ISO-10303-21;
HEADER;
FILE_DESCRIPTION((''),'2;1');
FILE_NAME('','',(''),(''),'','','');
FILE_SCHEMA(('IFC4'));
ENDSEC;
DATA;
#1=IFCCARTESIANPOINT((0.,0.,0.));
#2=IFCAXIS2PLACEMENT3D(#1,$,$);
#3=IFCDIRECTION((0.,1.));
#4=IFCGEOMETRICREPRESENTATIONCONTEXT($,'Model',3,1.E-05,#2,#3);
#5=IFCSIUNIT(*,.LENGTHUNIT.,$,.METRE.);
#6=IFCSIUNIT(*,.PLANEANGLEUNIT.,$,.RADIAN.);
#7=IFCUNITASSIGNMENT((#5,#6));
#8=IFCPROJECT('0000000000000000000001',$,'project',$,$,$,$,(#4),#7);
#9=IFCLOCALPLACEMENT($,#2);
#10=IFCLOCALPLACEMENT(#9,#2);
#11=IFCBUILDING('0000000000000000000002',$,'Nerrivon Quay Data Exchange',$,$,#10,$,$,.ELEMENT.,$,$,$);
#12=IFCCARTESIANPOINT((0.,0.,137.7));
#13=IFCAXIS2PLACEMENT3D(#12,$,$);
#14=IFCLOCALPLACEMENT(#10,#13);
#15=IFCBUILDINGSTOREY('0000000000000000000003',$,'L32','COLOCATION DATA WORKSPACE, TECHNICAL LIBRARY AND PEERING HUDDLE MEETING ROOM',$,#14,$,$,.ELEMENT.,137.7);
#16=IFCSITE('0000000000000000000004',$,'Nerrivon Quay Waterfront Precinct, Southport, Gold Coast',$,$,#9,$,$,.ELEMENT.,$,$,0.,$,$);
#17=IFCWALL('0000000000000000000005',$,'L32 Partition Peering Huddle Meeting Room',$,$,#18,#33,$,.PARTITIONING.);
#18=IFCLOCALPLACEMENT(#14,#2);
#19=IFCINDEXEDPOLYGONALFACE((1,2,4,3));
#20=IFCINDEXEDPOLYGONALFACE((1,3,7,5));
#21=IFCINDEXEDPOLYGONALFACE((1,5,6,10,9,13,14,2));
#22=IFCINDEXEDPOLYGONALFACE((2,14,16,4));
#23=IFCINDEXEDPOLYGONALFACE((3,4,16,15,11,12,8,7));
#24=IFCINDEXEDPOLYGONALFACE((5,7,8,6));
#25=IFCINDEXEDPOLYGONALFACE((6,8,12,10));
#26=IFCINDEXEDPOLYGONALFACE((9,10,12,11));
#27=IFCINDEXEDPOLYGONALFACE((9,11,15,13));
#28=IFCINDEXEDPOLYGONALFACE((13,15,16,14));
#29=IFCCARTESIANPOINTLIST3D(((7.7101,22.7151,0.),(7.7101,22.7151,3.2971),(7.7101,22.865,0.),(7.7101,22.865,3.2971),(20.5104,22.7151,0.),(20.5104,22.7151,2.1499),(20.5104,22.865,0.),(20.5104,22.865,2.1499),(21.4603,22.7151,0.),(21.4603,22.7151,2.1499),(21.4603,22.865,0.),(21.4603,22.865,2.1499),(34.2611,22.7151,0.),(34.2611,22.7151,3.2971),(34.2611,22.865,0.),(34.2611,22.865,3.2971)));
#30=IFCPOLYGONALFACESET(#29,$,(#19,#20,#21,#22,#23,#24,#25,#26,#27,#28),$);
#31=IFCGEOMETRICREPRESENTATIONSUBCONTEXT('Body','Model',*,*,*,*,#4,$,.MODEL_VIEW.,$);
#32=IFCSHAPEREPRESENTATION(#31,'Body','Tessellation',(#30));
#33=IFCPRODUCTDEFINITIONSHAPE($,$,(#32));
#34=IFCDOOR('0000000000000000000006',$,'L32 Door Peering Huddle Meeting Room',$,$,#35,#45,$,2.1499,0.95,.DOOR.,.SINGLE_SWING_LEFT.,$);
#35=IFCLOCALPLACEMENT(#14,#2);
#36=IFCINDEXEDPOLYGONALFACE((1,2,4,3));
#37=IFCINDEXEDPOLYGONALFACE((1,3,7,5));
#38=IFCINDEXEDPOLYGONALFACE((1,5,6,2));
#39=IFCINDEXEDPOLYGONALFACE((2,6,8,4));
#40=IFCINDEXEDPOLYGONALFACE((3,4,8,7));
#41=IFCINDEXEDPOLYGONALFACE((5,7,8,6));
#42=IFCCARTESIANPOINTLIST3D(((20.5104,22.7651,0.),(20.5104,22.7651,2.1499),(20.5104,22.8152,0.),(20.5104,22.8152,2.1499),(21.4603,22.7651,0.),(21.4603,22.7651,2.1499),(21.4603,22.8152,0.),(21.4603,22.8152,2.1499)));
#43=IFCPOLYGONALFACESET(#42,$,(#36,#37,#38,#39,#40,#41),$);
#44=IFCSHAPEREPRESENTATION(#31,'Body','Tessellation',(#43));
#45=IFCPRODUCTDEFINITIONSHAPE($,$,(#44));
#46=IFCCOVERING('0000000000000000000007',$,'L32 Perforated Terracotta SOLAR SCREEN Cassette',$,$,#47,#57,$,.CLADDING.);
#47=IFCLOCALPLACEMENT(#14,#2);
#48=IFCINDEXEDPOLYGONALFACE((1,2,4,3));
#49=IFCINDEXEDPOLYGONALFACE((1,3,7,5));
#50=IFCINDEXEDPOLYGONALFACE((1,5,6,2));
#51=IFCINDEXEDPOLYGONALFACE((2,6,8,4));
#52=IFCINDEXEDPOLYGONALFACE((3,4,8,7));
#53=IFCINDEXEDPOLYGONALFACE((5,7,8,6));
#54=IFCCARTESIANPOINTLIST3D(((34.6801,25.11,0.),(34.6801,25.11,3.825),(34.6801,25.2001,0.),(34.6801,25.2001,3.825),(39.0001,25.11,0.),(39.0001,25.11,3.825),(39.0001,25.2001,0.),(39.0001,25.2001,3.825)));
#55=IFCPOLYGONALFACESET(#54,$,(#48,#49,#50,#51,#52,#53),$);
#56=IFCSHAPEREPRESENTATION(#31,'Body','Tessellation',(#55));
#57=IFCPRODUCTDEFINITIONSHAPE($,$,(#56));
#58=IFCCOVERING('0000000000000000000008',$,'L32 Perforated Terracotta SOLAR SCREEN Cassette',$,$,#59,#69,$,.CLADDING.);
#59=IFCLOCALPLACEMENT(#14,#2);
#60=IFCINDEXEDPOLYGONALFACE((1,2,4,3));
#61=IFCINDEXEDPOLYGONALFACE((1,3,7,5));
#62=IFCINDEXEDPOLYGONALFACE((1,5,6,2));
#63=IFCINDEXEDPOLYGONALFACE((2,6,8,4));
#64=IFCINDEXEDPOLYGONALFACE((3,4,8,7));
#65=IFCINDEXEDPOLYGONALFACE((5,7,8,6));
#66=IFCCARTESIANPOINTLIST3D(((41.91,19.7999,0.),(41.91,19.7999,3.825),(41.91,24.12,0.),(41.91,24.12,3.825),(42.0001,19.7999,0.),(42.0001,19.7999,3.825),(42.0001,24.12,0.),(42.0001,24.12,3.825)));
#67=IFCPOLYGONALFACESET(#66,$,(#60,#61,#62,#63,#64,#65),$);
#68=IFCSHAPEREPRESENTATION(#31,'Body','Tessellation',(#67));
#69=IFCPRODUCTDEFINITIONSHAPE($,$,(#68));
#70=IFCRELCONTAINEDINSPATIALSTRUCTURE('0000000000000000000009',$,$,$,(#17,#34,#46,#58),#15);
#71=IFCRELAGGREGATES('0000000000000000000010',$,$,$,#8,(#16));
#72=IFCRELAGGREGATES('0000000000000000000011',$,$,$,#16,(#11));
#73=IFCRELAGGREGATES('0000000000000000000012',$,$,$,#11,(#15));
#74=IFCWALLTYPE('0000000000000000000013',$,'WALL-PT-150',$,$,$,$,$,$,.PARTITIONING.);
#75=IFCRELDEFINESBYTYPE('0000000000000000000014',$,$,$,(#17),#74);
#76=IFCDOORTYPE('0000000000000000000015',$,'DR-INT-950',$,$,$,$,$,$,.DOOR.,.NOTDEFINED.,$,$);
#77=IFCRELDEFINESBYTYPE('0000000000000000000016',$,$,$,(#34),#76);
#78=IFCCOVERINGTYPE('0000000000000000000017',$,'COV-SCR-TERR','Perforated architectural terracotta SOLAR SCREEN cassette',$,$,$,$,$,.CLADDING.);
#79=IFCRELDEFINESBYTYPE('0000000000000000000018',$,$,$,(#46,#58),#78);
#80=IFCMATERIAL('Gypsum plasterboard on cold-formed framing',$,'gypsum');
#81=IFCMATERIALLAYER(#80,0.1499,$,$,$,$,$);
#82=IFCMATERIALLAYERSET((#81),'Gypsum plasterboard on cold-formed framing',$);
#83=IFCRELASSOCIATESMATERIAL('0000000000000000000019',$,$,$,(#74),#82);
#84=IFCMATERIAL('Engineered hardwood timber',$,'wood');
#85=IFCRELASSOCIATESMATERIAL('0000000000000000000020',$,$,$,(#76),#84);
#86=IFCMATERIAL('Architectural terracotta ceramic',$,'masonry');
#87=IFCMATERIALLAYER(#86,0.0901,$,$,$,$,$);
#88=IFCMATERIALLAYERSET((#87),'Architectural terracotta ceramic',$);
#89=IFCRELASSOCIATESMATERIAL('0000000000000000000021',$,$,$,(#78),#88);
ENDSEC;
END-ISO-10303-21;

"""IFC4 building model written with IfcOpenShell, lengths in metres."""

from ifc_helpers import new_model, si_unit, direction, frame, frame_2d, origin, origin_2d, place, context, subcontext, project, spatial, rectangle, extrude, material, layer, layer_set, type_object, element, fill, save


model = new_model("IFC4")

# Units and contexts
model_context = context("Model", 3, precision=1e-05, world=origin(), true_north=direction((0.0, 1.0)))
body_context = subcontext(model_context, "Body", "Model", "MODEL_VIEW")
ifc_project = project(units=[si_unit("LENGTHUNIT", "METRE"), si_unit("PLANEANGLEUNIT", "RADIAN")], contexts=[model_context])

# Site, building, storey
site_placement = place(None, origin())
site = spatial("IfcSite", under=ifc_project, at=site_placement, Name="Nerrivon Quay Waterfront Precinct, Southport, Gold Coast", CompositionType="ELEMENT", RefElevation=0.0)
building_placement = place(site_placement, origin())
building = spatial("IfcBuilding", under=site, at=building_placement, Name="Nerrivon Quay Data Exchange", CompositionType="ELEMENT")
storey_placement = place(building_placement, frame((0.0, 0.0, 137.7)))
storey = spatial("IfcBuildingStorey", under=building, at=storey_placement, Name="L32", Description="COLOCATION DATA WORKSPACE, TECHNICAL LIBRARY AND PEERING HUDDLE MEETING ROOM", CompositionType="ELEMENT", Elevation=137.7)

# Shared definitions
ifc_material_1 = material(Name="Gypsum plasterboard on cold-formed framing", Category="gypsum")

# Wall, opening, door
ifc_layer_1 = layer(ifc_material_1, 0.1499)
ifc_layer_set_1 = layer_set([ifc_layer_1], Name="Gypsum plasterboard on cold-formed framing")
wall_type_1 = type_object("IfcWallType", Name="WALL-PT-150", PredefinedType="PARTITIONING", material=ifc_layer_set_1)
wall_1_placement = place(storey_placement, frame((34.261, 22.79, 0.0), z_axis=(0.0, 0.0, 1.0), x_axis=(-1.0, 0.0, 0.0)))
wall_1 = element("IfcWall", 1, at=wall_1_placement, inside=storey, type_object=wall_type_1, Name="L32 Partition Peering Huddle Meeting Room", PredefinedType="PARTITIONING", context=body_context, shape_type="SweptSolid", body=[
    extrude(rectangle(XDim=26.551, YDim=0.1499, at=frame_2d((13.2754, 0.0))), origin(), (0.0, 0.0, 1.0), 3.2971),
])
opening_placement = place(wall_1_placement, frame((12.8005, 0.0, 0.0)))
opening = element("IfcOpeningElement", 2, at=opening_placement, cuts=wall_1, PredefinedType="OPENING", context=body_context, shape_type="SweptSolid", body=[
    extrude(rectangle(XDim=0.95, YDim=2.1499, at=frame_2d((0.4751, 1.075))), frame((0.0, 0.085, 0.0), z_axis=(0.0, -1.0, 0.0), x_axis=(1.0, 0.0, 0.0)), (0.0, 0.0, 1.0), 0.1699),
])
ifc_material_2 = material(Name="Engineered hardwood timber", Category="wood")
door_type = type_object("IfcDoorType", Name="DR-INT-950", OperationType="NOTDEFINED", PredefinedType="DOOR", material=ifc_material_2)
door_placement = place(opening_placement, origin())
door = element("IfcDoor", 3, at=door_placement, inside=storey, type_object=door_type, Name="L32 Door Peering Huddle Meeting Room", OperationType="SINGLE_SWING_LEFT", OverallHeight=2.1499, OverallWidth=0.95, PredefinedType="DOOR", context=body_context, shape_type="SweptSolid", body=[
    extrude(rectangle(XDim=0.95, YDim=2.1499, at=frame_2d((0.4751, 1.075))), frame((0.0, 0.0249, 0.0), z_axis=(0.0, -1.0, 0.0), x_axis=(1.0, 0.0, 0.0)), (0.0, 0.0, 1.0), 0.05),
])
fill(opening, door)

# Coverings
ifc_material_3 = material(Name="Architectural terracotta ceramic", Category="masonry")
ifc_layer_2 = layer(ifc_material_3, 0.0901)
ifc_layer_set_2 = layer_set([ifc_layer_2], Name="Architectural terracotta ceramic")
covering_type = type_object("IfcCoveringType", Name="COV-SCR-TERR", Description="Perforated architectural terracotta SOLAR SCREEN cassette", PredefinedType="CLADDING", material=ifc_layer_set_2)
for number, where, z_axis, x_axis, name in (
    (4, (36.8401, 25.155, 0.0), (0.0, 0.0, 1.0), (1.0, 0.0, 0.0), "L32 Perforated Terracotta SOLAR SCREEN Cassette"),
    (5, (41.9551, 21.96, 0.0), (0.0, 0.0, 1.0), (0.0, -1.0, 0.0), "L32 Perforated Terracotta SOLAR SCREEN Cassette"),
):
    element("IfcCovering", number, at=place(storey_placement, frame(where, z_axis=z_axis, x_axis=x_axis)), inside=storey, type_object=covering_type, Name=name, PredefinedType="CLADDING", context=body_context, shape_type="SweptSolid", body=[
        extrude(rectangle(XDim=4.3201, YDim=0.0901, at=origin_2d()), origin(), (0.0, 0.0, 1.0), 3.825),
    ])

save(model, "model.ifc")
